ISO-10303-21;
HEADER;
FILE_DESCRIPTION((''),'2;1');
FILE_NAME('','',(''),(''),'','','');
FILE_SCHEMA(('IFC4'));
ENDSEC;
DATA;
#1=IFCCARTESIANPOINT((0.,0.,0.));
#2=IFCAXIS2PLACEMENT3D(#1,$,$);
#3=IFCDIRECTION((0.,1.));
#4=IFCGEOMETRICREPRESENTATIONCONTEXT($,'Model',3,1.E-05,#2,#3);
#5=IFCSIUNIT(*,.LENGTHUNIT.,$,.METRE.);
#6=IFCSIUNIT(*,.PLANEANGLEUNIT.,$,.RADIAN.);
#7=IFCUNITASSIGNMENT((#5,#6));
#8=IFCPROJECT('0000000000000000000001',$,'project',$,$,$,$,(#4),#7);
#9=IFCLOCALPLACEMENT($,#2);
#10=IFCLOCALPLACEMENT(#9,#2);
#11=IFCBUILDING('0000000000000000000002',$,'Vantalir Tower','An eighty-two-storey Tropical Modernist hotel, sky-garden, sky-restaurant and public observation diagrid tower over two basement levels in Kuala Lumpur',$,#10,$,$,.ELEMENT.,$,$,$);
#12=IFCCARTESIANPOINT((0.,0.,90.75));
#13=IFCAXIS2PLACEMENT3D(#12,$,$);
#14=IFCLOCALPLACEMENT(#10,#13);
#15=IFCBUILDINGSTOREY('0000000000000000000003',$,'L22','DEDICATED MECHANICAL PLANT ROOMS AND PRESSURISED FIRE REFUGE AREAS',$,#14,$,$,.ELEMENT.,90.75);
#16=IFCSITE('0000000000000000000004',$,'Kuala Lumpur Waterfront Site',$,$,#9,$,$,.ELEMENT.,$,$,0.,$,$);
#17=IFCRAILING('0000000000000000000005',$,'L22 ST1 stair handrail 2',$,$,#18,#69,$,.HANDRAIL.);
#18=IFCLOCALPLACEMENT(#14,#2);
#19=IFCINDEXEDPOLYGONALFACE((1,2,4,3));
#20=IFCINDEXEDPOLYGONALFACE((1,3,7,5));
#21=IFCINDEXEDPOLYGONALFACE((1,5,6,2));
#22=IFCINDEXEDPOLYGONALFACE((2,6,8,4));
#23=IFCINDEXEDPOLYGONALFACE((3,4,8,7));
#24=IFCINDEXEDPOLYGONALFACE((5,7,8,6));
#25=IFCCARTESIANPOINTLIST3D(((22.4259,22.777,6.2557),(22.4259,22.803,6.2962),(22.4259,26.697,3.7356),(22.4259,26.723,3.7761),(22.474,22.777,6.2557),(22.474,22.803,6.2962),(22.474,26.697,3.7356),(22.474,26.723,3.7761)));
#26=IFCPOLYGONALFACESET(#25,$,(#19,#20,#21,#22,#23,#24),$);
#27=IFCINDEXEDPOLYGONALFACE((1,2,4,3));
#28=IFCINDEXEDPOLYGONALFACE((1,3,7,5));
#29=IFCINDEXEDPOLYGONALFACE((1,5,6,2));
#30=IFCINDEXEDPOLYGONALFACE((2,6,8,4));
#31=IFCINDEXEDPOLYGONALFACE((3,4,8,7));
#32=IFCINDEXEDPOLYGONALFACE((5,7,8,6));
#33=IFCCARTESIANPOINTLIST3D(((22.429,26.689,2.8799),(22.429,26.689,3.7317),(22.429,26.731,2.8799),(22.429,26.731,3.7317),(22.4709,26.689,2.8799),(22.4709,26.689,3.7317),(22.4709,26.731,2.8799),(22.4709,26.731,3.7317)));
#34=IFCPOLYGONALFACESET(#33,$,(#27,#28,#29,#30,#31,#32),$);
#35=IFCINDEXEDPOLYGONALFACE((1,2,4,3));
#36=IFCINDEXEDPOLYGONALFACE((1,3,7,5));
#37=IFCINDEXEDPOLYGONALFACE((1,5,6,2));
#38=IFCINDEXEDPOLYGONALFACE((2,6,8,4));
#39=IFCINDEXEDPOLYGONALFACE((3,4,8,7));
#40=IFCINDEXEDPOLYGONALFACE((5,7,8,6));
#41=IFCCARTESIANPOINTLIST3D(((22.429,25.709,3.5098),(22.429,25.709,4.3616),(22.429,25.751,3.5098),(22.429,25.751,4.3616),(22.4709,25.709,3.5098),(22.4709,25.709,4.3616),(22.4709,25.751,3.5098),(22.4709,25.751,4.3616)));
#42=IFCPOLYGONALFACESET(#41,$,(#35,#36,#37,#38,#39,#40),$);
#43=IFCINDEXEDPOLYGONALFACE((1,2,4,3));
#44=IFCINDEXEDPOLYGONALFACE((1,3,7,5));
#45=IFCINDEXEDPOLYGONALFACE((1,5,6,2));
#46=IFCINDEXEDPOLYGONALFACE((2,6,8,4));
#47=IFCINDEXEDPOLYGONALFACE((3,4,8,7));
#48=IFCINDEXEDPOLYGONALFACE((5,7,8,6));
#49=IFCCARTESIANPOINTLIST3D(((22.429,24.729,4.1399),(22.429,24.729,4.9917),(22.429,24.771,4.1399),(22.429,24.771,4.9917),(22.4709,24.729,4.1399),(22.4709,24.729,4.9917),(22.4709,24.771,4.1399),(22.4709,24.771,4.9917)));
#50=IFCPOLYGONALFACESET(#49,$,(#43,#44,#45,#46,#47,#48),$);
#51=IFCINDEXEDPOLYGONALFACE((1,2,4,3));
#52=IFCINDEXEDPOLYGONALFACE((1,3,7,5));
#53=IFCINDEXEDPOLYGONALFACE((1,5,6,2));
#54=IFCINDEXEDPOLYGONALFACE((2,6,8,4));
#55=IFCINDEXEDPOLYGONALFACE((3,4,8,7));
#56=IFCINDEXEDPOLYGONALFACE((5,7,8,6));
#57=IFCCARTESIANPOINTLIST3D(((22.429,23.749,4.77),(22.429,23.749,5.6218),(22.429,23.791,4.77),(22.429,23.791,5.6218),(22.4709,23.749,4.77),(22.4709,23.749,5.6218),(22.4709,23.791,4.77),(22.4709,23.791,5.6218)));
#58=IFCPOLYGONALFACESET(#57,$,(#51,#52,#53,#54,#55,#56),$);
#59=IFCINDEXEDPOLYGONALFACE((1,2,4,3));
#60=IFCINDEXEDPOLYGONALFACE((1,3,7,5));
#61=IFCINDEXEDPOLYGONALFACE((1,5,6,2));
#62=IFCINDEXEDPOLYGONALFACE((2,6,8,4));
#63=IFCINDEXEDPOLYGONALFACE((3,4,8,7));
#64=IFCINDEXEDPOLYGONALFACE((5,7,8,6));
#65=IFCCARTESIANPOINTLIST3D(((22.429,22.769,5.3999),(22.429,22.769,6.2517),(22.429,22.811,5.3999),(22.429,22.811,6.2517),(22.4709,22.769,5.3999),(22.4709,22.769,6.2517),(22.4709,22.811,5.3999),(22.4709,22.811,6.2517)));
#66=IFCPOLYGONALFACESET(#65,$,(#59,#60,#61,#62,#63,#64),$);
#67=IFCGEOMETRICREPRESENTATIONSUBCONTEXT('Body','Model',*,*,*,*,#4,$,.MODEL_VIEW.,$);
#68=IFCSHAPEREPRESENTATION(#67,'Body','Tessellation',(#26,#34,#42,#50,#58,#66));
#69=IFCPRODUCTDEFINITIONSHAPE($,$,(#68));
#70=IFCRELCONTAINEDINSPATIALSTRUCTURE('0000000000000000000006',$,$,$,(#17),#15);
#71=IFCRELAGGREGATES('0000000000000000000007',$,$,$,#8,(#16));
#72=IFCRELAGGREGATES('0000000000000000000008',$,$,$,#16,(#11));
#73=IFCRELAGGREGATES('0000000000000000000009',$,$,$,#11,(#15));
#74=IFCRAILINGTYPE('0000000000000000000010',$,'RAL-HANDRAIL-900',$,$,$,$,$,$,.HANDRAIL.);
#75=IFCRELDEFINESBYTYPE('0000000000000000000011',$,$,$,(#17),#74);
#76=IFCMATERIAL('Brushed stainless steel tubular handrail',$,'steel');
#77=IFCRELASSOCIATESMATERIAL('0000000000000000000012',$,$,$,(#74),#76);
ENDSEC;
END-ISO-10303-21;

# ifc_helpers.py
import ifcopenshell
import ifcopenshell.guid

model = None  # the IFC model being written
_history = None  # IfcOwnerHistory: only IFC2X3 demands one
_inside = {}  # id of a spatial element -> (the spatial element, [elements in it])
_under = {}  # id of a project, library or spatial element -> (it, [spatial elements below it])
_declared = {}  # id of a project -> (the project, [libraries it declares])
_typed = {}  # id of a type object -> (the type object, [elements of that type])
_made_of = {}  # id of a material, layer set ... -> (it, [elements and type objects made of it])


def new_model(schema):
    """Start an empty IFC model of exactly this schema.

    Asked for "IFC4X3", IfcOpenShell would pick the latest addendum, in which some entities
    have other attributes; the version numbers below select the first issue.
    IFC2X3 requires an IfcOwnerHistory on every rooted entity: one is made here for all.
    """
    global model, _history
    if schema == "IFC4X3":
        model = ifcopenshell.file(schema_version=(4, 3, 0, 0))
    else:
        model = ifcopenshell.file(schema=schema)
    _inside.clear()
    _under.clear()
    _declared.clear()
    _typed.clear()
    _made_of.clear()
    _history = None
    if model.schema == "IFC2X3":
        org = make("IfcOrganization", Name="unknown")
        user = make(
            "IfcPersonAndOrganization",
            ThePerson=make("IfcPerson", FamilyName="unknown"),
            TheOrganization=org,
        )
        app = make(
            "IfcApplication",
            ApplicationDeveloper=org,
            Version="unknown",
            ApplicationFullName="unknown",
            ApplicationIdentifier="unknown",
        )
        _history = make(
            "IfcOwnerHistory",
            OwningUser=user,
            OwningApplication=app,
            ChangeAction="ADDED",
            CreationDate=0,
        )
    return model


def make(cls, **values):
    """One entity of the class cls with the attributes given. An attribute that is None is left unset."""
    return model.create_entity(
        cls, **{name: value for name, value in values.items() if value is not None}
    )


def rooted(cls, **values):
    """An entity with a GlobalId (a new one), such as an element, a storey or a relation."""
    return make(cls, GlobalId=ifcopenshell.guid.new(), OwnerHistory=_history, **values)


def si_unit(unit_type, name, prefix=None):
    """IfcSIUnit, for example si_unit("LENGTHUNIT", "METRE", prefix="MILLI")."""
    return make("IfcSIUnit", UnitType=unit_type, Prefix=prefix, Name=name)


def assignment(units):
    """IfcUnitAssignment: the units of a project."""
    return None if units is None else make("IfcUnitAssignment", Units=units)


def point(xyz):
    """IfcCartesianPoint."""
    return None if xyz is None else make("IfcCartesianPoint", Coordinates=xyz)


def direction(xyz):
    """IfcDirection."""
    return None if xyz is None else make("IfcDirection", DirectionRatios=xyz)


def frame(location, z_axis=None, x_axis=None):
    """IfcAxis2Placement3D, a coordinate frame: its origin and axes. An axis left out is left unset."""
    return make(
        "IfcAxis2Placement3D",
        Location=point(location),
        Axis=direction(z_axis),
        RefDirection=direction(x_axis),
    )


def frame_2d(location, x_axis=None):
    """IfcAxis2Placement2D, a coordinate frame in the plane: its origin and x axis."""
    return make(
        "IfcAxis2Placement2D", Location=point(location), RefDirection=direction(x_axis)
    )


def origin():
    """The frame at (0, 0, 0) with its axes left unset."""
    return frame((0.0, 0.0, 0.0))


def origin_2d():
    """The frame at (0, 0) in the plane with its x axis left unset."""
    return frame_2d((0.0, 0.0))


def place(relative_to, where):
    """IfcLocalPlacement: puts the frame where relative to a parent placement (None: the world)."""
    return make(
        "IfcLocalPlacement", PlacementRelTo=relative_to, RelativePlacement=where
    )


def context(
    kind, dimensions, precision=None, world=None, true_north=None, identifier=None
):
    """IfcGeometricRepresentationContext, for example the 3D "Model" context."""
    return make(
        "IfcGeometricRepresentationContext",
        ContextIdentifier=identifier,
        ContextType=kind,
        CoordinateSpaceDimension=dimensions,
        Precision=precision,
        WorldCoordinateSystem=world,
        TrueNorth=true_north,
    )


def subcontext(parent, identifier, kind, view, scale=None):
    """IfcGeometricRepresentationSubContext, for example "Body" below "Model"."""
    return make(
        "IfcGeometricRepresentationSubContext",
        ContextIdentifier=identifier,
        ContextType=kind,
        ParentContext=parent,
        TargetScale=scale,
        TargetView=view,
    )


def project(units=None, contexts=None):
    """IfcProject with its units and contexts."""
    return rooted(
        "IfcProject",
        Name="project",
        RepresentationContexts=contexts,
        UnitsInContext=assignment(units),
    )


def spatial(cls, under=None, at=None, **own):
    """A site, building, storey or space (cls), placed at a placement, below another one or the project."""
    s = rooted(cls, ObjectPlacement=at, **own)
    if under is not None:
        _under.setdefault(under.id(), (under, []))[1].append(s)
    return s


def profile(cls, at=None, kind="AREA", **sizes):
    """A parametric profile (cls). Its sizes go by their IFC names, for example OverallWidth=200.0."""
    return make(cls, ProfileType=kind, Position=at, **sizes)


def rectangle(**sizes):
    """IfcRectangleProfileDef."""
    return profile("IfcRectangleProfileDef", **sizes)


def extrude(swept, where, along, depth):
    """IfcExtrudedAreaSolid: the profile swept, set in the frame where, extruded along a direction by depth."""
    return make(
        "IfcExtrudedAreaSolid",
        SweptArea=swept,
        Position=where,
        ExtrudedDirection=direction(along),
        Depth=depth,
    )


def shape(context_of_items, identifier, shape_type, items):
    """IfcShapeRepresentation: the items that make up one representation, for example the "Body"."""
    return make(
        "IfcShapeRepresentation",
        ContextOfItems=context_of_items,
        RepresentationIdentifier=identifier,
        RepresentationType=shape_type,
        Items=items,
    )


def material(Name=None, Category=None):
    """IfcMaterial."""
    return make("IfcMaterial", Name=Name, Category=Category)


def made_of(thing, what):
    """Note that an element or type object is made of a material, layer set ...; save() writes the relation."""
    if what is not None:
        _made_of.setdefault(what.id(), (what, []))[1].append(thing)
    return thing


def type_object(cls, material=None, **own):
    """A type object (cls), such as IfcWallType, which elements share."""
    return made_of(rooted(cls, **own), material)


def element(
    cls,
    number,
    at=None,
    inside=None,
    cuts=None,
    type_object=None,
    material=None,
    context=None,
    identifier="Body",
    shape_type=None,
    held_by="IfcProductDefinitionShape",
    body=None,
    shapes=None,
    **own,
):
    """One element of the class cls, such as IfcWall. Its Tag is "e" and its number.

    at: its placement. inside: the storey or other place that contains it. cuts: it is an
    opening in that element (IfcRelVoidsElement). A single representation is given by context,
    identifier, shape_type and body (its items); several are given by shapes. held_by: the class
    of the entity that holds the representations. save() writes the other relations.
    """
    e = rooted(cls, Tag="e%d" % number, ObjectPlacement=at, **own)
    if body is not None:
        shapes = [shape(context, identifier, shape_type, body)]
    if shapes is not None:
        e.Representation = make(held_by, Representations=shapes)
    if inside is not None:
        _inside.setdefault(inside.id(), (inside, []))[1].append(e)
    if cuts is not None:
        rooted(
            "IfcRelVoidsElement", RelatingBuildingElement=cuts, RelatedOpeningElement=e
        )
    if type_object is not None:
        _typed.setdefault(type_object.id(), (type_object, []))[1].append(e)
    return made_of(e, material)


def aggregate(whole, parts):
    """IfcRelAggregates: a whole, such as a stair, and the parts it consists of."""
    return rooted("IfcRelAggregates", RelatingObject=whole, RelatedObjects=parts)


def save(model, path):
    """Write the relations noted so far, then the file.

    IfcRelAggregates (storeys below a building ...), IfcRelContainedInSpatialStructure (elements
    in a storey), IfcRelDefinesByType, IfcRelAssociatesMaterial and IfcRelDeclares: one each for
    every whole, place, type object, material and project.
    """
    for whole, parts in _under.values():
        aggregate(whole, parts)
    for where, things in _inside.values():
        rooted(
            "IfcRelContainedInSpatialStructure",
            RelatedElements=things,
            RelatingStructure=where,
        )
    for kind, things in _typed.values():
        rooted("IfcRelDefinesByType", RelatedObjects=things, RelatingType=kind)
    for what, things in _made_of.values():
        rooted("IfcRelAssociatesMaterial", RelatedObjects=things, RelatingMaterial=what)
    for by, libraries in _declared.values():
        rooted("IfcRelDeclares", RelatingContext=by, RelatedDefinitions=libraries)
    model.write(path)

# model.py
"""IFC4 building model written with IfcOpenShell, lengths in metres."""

from ifc_helpers import new_model, si_unit, direction, frame, origin, origin_2d, place, context, subcontext, project, spatial, rectangle, extrude, material, type_object, element, save


model = new_model("IFC4")

# Units and contexts
model_context = context("Model", 3, precision=1e-05, world=origin(), true_north=direction((0.0, 1.0)))
body_context = subcontext(model_context, "Body", "Model", "MODEL_VIEW")
ifc_project = project(units=[si_unit("LENGTHUNIT", "METRE"), si_unit("PLANEANGLEUNIT", "RADIAN")], contexts=[model_context])

# Site, building, storey
site_placement = place(None, origin())
site = spatial("IfcSite", under=ifc_project, at=site_placement, Name="Kuala Lumpur Waterfront Site", CompositionType="ELEMENT", RefElevation=0.0)
building_placement = place(site_placement, origin())
building = spatial("IfcBuilding", under=site, at=building_placement, Name="Vantalir Tower", Description="An eighty-two-storey Tropical Modernist hotel, sky-garden, sky-restaurant and public observation diagrid tower over two basement levels in Kuala Lumpur", CompositionType="ELEMENT")
storey_placement = place(building_placement, frame((0.0, 0.0, 90.75)))
storey = spatial("IfcBuildingStorey", under=building, at=storey_placement, Name="L22", Description="DEDICATED MECHANICAL PLANT ROOMS AND PRESSURISED FIRE REFUGE AREAS", CompositionType="ELEMENT", Elevation=90.75)

# Railing
ifc_material_1 = material(Name="Brushed stainless steel tubular handrail", Category="steel")
railing_type_1 = type_object("IfcRailingType", Name="RAL-HANDRAIL-900", PredefinedType="HANDRAIL", material=ifc_material_1)
railing_1_placement = place(storey_placement, frame((22.45, 26.71, 2.8799)))
element("IfcRailing", 1, at=railing_1_placement, inside=storey, type_object=railing_type_1, Name="L22 ST1 stair handrail 2", PredefinedType="HANDRAIL", context=body_context, shape_type="SweptSolid", body=[
    extrude(rectangle(XDim=0.0481, YDim=0.0481, at=origin_2d()), frame((0.0, 0.0, 0.876), z_axis=(0.0, -0.841172, 0.540768), x_axis=(1.0, 0.0, 0.0)), (0.0, 0.0, 1.0), 4.6602),
    extrude(rectangle(XDim=0.042, YDim=0.042, at=origin_2d()), origin(), (0.0, 0.0, 1.0), 0.8518),
    extrude(rectangle(XDim=0.042, YDim=0.042, at=origin_2d()), frame((0.0, -0.98, 0.6299)), (0.0, 0.0, 1.0), 0.8518),
    extrude(rectangle(XDim=0.042, YDim=0.042, at=origin_2d()), frame((0.0, -1.96, 1.26)), (0.0, 0.0, 1.0), 0.8518),
    extrude(rectangle(XDim=0.042, YDim=0.042, at=origin_2d()), frame((0.0, -2.9399, 1.8901)), (0.0, 0.0, 1.0), 0.8518),
    extrude(rectangle(XDim=0.042, YDim=0.042, at=origin_2d()), frame((0.0, -3.9199, 2.52)), (0.0, 0.0, 1.0), 0.8518),
])

save(model, "model.ifc")
